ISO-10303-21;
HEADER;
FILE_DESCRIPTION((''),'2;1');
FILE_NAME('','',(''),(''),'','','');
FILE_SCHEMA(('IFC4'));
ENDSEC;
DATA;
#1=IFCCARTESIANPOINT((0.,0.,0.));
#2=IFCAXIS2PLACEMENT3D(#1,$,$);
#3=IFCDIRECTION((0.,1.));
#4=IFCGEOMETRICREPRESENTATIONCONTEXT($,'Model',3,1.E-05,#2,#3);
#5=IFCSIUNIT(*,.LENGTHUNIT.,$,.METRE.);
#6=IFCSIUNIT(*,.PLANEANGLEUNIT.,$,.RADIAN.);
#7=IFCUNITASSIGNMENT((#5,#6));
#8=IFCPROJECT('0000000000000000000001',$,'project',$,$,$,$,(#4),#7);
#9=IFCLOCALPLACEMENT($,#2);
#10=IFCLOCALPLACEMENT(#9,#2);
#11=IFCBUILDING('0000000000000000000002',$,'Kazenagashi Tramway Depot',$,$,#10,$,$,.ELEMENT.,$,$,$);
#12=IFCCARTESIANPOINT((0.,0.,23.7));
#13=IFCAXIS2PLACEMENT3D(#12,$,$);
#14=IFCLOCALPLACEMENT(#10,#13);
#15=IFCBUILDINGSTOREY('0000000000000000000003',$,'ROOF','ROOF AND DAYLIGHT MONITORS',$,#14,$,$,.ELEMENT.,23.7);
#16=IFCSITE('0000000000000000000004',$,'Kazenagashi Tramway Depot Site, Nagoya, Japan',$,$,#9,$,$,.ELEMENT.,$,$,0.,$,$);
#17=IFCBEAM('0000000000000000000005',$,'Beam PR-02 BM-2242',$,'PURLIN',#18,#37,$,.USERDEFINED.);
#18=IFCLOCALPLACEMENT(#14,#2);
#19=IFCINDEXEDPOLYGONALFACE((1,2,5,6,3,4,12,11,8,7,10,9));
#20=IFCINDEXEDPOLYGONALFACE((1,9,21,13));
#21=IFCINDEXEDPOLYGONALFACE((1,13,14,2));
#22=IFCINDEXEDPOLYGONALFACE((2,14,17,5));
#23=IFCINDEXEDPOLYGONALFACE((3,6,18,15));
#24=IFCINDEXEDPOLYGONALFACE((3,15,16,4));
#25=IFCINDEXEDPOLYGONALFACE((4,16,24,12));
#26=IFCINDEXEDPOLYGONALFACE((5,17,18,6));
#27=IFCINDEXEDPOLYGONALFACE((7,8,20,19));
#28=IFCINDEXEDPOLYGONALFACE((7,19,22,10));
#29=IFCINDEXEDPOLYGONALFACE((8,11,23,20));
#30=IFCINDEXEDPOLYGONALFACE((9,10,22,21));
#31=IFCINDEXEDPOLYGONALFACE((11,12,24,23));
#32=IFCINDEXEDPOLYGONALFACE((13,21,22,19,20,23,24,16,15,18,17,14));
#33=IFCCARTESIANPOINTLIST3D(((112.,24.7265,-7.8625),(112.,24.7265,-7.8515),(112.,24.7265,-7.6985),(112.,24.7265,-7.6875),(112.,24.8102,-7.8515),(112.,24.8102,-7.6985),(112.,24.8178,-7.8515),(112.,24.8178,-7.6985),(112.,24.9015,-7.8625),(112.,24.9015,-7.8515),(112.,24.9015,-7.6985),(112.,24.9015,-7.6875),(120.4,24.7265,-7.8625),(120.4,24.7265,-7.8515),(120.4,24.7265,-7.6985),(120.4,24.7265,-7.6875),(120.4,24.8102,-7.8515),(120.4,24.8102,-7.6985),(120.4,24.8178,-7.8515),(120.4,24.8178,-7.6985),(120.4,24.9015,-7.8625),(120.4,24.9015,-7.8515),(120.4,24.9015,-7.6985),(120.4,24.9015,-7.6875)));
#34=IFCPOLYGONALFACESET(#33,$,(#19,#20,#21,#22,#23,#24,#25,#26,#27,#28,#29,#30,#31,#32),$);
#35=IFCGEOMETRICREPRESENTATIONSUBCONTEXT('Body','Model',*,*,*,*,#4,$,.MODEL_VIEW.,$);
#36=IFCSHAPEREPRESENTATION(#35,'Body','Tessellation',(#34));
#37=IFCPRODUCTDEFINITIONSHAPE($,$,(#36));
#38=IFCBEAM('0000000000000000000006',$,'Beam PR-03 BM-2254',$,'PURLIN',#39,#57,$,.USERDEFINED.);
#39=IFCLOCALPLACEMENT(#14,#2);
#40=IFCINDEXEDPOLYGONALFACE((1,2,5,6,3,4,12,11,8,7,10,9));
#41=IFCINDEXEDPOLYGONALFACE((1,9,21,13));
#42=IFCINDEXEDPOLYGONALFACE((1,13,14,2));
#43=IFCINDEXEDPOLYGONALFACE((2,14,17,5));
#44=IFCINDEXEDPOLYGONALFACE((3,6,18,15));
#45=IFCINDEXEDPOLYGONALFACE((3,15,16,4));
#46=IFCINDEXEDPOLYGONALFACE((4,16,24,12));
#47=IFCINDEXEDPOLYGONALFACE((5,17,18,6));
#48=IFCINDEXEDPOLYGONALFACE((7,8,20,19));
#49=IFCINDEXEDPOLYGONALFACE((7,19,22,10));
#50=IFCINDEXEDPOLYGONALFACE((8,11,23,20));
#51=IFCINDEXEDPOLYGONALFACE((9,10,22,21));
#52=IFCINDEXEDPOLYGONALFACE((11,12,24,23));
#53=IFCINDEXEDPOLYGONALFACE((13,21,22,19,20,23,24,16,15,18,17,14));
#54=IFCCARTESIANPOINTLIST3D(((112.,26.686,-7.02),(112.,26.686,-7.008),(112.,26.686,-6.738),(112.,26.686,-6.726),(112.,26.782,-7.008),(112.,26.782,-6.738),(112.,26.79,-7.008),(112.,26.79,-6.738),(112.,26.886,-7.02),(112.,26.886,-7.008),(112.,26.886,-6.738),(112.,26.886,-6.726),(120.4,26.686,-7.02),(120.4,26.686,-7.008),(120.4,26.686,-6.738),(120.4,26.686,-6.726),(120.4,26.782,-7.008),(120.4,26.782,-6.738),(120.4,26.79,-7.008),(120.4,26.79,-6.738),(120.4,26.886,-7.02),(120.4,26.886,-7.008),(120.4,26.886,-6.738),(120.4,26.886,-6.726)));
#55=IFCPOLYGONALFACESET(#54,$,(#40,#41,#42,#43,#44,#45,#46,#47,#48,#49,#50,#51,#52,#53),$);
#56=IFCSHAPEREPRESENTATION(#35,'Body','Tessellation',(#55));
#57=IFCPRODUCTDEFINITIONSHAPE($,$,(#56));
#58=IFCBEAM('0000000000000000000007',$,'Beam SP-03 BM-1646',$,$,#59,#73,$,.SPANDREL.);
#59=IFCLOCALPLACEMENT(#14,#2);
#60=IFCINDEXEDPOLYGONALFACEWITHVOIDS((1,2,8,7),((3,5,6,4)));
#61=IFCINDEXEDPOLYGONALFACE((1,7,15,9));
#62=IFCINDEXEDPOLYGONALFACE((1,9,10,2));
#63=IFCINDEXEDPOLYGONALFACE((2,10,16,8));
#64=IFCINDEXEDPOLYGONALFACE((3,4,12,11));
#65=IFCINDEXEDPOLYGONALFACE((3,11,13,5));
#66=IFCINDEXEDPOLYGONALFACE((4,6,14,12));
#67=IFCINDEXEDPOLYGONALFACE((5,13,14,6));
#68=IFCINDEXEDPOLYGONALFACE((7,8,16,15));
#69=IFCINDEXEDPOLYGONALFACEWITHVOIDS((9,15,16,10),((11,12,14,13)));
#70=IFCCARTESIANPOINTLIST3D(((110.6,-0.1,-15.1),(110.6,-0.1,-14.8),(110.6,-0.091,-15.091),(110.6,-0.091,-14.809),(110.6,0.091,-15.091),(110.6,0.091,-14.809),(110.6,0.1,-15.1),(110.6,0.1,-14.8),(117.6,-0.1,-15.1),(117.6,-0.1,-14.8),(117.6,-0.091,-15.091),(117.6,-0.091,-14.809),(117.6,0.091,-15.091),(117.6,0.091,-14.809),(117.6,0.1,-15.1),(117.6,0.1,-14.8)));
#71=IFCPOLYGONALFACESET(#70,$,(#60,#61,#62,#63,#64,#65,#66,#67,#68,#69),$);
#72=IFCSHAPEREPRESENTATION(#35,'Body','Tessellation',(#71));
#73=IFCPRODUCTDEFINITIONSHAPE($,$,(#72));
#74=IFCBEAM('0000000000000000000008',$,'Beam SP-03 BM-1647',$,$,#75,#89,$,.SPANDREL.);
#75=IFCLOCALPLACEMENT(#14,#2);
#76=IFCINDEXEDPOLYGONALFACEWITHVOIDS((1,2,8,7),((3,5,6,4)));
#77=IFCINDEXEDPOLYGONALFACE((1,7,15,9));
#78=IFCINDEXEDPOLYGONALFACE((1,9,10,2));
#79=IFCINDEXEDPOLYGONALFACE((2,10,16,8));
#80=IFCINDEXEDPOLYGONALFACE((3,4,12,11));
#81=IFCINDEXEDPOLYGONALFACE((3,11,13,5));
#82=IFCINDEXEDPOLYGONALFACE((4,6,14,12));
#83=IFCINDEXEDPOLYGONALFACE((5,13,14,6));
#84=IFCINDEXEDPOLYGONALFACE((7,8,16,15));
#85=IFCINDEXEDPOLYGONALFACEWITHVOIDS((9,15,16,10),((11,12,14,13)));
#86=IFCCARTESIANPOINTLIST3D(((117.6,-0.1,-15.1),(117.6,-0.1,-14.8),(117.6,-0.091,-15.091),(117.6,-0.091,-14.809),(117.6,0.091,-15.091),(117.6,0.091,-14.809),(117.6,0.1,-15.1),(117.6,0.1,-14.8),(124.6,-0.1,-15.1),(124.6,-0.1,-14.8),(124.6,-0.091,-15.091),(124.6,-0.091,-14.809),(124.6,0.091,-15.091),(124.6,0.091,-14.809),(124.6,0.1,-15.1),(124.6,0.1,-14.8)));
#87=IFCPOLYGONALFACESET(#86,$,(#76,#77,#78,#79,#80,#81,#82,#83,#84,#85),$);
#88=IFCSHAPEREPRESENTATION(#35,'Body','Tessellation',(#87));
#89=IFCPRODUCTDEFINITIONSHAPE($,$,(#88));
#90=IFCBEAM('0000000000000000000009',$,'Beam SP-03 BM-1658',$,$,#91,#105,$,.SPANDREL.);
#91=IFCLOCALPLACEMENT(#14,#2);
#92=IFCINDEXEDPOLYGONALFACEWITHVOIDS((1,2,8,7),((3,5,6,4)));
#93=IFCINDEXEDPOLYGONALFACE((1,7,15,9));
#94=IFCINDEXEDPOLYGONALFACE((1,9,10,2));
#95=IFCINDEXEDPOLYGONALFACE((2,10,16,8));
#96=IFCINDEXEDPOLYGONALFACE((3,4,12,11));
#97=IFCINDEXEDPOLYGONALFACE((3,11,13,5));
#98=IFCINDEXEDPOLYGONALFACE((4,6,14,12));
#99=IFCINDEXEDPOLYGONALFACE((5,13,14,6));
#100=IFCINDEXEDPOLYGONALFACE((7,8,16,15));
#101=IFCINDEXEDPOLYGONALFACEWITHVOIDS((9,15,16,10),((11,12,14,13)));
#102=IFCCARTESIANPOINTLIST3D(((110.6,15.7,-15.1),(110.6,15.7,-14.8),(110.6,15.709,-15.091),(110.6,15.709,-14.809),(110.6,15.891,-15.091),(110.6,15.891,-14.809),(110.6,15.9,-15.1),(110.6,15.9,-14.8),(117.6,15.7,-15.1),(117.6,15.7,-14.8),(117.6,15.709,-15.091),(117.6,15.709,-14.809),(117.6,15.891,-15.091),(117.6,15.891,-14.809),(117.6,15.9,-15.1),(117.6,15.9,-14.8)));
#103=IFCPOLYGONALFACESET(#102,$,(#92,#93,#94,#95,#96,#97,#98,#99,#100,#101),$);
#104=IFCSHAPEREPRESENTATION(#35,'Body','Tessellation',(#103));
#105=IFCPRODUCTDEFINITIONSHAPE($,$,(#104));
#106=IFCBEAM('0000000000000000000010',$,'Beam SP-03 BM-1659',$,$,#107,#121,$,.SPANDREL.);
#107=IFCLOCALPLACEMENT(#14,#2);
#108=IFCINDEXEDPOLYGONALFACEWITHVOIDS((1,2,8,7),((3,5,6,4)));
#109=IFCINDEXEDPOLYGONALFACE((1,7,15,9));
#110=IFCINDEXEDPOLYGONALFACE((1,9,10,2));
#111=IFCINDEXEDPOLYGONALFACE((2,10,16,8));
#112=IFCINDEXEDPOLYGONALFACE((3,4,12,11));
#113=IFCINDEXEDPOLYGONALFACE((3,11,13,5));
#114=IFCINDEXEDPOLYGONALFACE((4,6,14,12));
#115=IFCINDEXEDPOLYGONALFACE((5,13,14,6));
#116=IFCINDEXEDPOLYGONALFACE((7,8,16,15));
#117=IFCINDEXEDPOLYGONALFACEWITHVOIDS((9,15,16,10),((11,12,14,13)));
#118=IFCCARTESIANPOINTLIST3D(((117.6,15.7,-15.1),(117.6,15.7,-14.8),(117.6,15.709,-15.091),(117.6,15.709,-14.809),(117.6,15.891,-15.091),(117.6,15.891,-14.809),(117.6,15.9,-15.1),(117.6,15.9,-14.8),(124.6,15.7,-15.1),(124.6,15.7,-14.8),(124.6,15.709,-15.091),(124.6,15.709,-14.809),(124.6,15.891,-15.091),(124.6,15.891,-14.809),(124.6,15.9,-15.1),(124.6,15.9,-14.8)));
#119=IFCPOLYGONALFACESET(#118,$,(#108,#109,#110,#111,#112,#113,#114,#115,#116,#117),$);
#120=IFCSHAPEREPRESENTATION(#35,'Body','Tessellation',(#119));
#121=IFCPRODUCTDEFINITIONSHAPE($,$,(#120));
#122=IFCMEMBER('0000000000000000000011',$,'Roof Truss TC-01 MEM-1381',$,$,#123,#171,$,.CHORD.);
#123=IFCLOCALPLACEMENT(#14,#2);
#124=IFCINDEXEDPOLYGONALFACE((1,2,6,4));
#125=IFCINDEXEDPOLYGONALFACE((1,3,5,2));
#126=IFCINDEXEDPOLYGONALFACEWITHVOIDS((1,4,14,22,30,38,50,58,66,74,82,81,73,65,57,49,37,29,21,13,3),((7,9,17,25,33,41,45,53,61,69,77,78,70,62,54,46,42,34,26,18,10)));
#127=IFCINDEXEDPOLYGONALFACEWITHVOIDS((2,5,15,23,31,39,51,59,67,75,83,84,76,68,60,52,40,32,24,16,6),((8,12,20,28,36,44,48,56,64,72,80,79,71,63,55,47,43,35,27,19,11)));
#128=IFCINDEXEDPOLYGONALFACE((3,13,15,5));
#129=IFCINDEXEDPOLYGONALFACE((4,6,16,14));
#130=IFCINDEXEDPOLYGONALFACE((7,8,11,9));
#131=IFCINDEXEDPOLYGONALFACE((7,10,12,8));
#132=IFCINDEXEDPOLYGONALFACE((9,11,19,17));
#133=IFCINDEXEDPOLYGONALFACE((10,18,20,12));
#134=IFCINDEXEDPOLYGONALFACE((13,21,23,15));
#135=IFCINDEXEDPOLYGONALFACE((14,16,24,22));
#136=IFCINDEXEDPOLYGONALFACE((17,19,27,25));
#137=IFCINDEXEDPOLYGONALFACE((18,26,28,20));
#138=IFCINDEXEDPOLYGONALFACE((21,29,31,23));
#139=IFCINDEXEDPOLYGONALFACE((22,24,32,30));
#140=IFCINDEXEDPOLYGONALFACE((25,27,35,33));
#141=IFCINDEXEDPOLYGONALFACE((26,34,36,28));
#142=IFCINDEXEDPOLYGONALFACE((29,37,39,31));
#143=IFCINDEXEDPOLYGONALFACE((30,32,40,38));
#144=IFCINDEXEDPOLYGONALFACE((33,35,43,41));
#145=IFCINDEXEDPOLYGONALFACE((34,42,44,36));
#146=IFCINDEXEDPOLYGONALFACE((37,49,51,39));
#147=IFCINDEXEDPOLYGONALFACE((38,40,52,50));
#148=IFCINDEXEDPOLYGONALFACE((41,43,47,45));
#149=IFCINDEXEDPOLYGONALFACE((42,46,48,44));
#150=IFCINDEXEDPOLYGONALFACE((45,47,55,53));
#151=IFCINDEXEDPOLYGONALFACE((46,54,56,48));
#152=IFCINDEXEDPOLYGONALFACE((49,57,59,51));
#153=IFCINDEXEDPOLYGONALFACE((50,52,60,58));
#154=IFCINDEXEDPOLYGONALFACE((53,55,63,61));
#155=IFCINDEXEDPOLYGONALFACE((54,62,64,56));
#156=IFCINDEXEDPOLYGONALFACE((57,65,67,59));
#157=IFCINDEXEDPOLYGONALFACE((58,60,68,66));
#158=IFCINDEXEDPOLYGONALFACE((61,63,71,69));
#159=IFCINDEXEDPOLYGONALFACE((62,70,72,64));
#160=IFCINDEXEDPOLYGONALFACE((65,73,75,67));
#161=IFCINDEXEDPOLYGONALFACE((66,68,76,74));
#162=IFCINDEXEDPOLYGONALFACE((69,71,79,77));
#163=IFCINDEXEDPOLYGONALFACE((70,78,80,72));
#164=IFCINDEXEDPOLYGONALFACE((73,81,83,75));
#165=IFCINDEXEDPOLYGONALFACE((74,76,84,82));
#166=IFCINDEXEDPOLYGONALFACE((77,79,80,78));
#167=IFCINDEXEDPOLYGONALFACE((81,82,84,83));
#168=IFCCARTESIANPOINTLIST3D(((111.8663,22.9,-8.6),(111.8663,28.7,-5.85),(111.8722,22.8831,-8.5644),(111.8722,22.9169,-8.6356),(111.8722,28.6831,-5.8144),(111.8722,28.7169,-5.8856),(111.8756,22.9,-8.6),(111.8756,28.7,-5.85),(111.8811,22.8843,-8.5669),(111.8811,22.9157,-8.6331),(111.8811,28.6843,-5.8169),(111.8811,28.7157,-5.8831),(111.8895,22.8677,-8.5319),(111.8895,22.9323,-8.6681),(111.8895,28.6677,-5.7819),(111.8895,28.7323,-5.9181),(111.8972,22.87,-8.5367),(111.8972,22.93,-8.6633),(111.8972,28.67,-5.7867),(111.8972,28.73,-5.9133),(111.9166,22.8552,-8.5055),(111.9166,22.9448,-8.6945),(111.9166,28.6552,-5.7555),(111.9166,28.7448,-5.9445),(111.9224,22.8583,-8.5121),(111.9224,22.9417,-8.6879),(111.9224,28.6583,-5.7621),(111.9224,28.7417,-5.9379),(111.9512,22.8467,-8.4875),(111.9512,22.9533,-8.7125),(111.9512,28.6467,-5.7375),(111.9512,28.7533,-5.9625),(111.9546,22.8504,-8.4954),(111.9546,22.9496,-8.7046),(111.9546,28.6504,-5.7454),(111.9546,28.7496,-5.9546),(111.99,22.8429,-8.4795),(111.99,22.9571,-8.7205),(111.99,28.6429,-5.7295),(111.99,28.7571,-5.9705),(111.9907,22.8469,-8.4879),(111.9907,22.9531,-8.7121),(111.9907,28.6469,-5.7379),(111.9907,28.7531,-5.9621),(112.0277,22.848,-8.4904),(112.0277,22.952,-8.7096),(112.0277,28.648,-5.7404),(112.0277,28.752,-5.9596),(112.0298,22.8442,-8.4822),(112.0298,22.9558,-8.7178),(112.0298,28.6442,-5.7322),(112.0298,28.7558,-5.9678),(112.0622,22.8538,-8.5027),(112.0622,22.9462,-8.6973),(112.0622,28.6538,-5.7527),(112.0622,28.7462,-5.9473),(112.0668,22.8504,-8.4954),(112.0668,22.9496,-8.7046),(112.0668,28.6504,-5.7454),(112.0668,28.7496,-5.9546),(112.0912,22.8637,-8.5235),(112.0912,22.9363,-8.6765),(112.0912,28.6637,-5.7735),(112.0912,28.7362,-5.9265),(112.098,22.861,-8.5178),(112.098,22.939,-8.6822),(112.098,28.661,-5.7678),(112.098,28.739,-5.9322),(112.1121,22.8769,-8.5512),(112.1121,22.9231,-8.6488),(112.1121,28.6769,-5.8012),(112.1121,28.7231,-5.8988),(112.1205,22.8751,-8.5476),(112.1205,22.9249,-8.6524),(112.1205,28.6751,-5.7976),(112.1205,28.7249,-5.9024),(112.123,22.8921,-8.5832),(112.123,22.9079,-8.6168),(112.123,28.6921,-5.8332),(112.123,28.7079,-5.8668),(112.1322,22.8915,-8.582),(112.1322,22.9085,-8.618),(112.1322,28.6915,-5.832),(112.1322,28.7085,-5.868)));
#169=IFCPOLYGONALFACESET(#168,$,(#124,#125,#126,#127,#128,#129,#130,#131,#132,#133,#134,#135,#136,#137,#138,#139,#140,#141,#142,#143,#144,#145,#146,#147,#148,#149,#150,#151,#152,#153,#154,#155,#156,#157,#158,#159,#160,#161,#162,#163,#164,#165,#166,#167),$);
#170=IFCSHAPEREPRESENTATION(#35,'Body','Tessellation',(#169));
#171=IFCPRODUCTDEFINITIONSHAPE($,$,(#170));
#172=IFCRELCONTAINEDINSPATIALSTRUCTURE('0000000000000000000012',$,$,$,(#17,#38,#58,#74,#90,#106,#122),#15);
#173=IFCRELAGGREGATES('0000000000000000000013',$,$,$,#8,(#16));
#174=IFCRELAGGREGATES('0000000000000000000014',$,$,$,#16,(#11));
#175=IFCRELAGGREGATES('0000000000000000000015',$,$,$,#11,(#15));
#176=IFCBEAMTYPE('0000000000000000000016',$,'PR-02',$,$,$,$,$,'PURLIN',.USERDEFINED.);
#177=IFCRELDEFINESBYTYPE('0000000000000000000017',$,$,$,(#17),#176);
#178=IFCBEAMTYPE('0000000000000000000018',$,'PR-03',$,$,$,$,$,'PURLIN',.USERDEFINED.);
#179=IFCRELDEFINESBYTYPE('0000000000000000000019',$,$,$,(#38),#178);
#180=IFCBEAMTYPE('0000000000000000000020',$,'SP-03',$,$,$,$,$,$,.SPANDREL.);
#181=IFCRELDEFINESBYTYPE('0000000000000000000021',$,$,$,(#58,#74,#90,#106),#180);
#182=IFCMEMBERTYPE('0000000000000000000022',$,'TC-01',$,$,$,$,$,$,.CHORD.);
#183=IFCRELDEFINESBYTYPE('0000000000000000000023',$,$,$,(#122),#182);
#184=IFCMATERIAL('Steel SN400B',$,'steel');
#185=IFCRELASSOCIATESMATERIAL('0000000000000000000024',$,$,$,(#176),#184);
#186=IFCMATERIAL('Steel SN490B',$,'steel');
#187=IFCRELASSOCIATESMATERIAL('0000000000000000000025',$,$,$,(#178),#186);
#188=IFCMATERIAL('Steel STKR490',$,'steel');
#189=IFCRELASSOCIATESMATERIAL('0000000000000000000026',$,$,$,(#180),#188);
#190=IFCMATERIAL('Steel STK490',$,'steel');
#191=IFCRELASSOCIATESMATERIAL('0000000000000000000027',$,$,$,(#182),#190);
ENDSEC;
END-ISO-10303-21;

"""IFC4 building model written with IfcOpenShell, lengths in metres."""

from ifc_helpers import new_model, si_unit, direction, frame, origin, origin_2d, place, context, subcontext, project, spatial, hollow_rectangle, hollow_circle, i_section, extrude, material, material_profile, profile_set, type_object, element, save


model = new_model("IFC4")

# Units and contexts
model_context = context("Model", 3, precision=1e-05, world=origin(), true_north=direction((0.0, 1.0)))
body_context = subcontext(model_context, "Body", "Model", "MODEL_VIEW")
ifc_project = project(units=[si_unit("LENGTHUNIT", "METRE"), si_unit("PLANEANGLEUNIT", "RADIAN")], contexts=[model_context])

# Site, building, storey
site_placement = place(None, origin())
site = spatial("IfcSite", under=ifc_project, at=site_placement, Name="Kazenagashi Tramway Depot Site, Nagoya, Japan", CompositionType="ELEMENT", RefElevation=0.0)
building_placement = place(site_placement, origin())
building = spatial("IfcBuilding", under=site, at=building_placement, Name="Kazenagashi Tramway Depot", CompositionType="ELEMENT")
storey_placement = place(building_placement, frame((0.0, 0.0, 23.7)))
storey = spatial("IfcBuildingStorey", under=building, at=storey_placement, Name="ROOF", Description="ROOF AND DAYLIGHT MONITORS", CompositionType="ELEMENT", Elevation=23.7)

# Beams
ifc_material_1 = material(Name="Steel SN490B", Category="steel")
ifc_material_2 = material(Name="Steel SN400B", Category="steel")
ifc_material_profile_1 = material_profile(ifc_material_2, i_section(OverallWidth=0.175, OverallDepth=0.175, WebThickness=0.0075, FlangeThickness=0.011, at=origin_2d()), Name="H-175x175x7.5x11")
ifc_profile_set_1 = profile_set([ifc_material_profile_1], Name="Steel SN400B")
beam_type_1 = type_object("IfcBeamType", Name="PR-02", ElementType="PURLIN", PredefinedType="USERDEFINED", material=ifc_profile_set_1)
beam_1_placement = place(storey_placement, frame((112.0, 24.814, -7.775), z_axis=(1.0, 0.0, 0.0), x_axis=(0.0, 1.0, 0.0)))
element("IfcBeam", 1, at=beam_1_placement, inside=storey, type_object=beam_type_1, Name="Beam PR-02 BM-2242", ObjectType="PURLIN", PredefinedType="USERDEFINED", context=body_context, shape_type="SweptSolid", body=[
    extrude(i_section(OverallWidth=0.175, OverallDepth=0.175, WebThickness=0.0075, FlangeThickness=0.011, at=origin_2d()), origin(), (0.0, 0.0, 1.0), 8.4),
])
ifc_material_profile_2 = material_profile(ifc_material_1, i_section(OverallWidth=0.2, OverallDepth=0.294, WebThickness=0.008, FlangeThickness=0.012, at=origin_2d()), Name="H-294x200x8x12")
ifc_profile_set_2 = profile_set([ifc_material_profile_2], Name="Steel SN490B")
beam_type_2 = type_object("IfcBeamType", Name="PR-03", ElementType="PURLIN", PredefinedType="USERDEFINED", material=ifc_profile_set_2)
beam_2_placement = place(storey_placement, frame((112.0, 26.786, -6.873), z_axis=(1.0, 0.0, 0.0), x_axis=(0.0, 1.0, 0.0)))
element("IfcBeam", 2, at=beam_2_placement, inside=storey, type_object=beam_type_2, Name="Beam PR-03 BM-2254", ObjectType="PURLIN", PredefinedType="USERDEFINED", context=body_context, shape_type="SweptSolid", body=[
    extrude(i_section(OverallWidth=0.2, OverallDepth=0.294, WebThickness=0.008, FlangeThickness=0.012, at=origin_2d()), origin(), (0.0, 0.0, 1.0), 8.4),
])
ifc_material_3 = material(Name="Steel STKR490", Category="steel")
ifc_material_profile_3 = material_profile(ifc_material_3, hollow_rectangle(XDim=0.2, YDim=0.3, WallThickness=0.009, at=origin_2d()), Name="RHS-300x200x9")
ifc_profile_set_3 = profile_set([ifc_material_profile_3], Name="Steel STKR490")
beam_type_3 = type_object("IfcBeamType", Name="SP-03", PredefinedType="SPANDREL", material=ifc_profile_set_3)
for number, where, z_axis, x_axis, name in (
    (3, (110.6, 0.0, -14.95), (1.0, 0.0, 0.0), (0.0, 1.0, 0.0), "Beam SP-03 BM-1646"),
    (4, (117.6, 0.0, -14.95), (1.0, 0.0, 0.0), (0.0, 1.0, 0.0), "Beam SP-03 BM-1647"),
    (5, (110.6, 15.8, -14.95), (1.0, 0.0, 0.0), (0.0, 1.0, 0.0), "Beam SP-03 BM-1658"),
    (6, (117.6, 15.8, -14.95), (1.0, 0.0, 0.0), (0.0, 1.0, 0.0), "Beam SP-03 BM-1659"),
):
    element("IfcBeam", number, at=place(storey_placement, frame(where, z_axis=z_axis, x_axis=x_axis)), inside=storey, type_object=beam_type_3, Name=name, PredefinedType="SPANDREL", context=body_context, shape_type="SweptSolid", body=[
        extrude(hollow_rectangle(XDim=0.2, YDim=0.3, WallThickness=0.009, at=origin_2d()), origin(), (0.0, 0.0, 1.0), 7.0),
    ])

# Member
ifc_material_4 = material(Name="Steel STK490", Category="steel")
ifc_material_profile_4 = material_profile(ifc_material_4, hollow_circle(Radius=0.1337, WallThickness=0.0093, at=origin_2d()), Name="CHS-267.4x9.3")
ifc_profile_set_4 = profile_set([ifc_material_profile_4], Name="Steel STK490")
member_type_1 = type_object("IfcMemberType", Name="TC-01", PredefinedType="CHORD", material=ifc_profile_set_4)
for number, where, z_axis, x_axis, name in (
    (7, (112.0, 22.9, -8.6), (0.0, 0.903579, 0.428421), (-1.0, 0.0, 0.0), "Roof Truss TC-01 MEM-1381"),
):
    element("IfcMember", number, at=place(storey_placement, frame(where, z_axis=z_axis, x_axis=x_axis)), inside=storey, type_object=member_type_1, Name=name, PredefinedType="CHORD", context=body_context, shape_type="SweptSolid", body=[
        extrude(hollow_circle(Radius=0.1337, WallThickness=0.0093, at=origin_2d()), origin(), (0.0, 0.0, 1.0), 6.4189),
    ])

save(model, "model.ifc")
